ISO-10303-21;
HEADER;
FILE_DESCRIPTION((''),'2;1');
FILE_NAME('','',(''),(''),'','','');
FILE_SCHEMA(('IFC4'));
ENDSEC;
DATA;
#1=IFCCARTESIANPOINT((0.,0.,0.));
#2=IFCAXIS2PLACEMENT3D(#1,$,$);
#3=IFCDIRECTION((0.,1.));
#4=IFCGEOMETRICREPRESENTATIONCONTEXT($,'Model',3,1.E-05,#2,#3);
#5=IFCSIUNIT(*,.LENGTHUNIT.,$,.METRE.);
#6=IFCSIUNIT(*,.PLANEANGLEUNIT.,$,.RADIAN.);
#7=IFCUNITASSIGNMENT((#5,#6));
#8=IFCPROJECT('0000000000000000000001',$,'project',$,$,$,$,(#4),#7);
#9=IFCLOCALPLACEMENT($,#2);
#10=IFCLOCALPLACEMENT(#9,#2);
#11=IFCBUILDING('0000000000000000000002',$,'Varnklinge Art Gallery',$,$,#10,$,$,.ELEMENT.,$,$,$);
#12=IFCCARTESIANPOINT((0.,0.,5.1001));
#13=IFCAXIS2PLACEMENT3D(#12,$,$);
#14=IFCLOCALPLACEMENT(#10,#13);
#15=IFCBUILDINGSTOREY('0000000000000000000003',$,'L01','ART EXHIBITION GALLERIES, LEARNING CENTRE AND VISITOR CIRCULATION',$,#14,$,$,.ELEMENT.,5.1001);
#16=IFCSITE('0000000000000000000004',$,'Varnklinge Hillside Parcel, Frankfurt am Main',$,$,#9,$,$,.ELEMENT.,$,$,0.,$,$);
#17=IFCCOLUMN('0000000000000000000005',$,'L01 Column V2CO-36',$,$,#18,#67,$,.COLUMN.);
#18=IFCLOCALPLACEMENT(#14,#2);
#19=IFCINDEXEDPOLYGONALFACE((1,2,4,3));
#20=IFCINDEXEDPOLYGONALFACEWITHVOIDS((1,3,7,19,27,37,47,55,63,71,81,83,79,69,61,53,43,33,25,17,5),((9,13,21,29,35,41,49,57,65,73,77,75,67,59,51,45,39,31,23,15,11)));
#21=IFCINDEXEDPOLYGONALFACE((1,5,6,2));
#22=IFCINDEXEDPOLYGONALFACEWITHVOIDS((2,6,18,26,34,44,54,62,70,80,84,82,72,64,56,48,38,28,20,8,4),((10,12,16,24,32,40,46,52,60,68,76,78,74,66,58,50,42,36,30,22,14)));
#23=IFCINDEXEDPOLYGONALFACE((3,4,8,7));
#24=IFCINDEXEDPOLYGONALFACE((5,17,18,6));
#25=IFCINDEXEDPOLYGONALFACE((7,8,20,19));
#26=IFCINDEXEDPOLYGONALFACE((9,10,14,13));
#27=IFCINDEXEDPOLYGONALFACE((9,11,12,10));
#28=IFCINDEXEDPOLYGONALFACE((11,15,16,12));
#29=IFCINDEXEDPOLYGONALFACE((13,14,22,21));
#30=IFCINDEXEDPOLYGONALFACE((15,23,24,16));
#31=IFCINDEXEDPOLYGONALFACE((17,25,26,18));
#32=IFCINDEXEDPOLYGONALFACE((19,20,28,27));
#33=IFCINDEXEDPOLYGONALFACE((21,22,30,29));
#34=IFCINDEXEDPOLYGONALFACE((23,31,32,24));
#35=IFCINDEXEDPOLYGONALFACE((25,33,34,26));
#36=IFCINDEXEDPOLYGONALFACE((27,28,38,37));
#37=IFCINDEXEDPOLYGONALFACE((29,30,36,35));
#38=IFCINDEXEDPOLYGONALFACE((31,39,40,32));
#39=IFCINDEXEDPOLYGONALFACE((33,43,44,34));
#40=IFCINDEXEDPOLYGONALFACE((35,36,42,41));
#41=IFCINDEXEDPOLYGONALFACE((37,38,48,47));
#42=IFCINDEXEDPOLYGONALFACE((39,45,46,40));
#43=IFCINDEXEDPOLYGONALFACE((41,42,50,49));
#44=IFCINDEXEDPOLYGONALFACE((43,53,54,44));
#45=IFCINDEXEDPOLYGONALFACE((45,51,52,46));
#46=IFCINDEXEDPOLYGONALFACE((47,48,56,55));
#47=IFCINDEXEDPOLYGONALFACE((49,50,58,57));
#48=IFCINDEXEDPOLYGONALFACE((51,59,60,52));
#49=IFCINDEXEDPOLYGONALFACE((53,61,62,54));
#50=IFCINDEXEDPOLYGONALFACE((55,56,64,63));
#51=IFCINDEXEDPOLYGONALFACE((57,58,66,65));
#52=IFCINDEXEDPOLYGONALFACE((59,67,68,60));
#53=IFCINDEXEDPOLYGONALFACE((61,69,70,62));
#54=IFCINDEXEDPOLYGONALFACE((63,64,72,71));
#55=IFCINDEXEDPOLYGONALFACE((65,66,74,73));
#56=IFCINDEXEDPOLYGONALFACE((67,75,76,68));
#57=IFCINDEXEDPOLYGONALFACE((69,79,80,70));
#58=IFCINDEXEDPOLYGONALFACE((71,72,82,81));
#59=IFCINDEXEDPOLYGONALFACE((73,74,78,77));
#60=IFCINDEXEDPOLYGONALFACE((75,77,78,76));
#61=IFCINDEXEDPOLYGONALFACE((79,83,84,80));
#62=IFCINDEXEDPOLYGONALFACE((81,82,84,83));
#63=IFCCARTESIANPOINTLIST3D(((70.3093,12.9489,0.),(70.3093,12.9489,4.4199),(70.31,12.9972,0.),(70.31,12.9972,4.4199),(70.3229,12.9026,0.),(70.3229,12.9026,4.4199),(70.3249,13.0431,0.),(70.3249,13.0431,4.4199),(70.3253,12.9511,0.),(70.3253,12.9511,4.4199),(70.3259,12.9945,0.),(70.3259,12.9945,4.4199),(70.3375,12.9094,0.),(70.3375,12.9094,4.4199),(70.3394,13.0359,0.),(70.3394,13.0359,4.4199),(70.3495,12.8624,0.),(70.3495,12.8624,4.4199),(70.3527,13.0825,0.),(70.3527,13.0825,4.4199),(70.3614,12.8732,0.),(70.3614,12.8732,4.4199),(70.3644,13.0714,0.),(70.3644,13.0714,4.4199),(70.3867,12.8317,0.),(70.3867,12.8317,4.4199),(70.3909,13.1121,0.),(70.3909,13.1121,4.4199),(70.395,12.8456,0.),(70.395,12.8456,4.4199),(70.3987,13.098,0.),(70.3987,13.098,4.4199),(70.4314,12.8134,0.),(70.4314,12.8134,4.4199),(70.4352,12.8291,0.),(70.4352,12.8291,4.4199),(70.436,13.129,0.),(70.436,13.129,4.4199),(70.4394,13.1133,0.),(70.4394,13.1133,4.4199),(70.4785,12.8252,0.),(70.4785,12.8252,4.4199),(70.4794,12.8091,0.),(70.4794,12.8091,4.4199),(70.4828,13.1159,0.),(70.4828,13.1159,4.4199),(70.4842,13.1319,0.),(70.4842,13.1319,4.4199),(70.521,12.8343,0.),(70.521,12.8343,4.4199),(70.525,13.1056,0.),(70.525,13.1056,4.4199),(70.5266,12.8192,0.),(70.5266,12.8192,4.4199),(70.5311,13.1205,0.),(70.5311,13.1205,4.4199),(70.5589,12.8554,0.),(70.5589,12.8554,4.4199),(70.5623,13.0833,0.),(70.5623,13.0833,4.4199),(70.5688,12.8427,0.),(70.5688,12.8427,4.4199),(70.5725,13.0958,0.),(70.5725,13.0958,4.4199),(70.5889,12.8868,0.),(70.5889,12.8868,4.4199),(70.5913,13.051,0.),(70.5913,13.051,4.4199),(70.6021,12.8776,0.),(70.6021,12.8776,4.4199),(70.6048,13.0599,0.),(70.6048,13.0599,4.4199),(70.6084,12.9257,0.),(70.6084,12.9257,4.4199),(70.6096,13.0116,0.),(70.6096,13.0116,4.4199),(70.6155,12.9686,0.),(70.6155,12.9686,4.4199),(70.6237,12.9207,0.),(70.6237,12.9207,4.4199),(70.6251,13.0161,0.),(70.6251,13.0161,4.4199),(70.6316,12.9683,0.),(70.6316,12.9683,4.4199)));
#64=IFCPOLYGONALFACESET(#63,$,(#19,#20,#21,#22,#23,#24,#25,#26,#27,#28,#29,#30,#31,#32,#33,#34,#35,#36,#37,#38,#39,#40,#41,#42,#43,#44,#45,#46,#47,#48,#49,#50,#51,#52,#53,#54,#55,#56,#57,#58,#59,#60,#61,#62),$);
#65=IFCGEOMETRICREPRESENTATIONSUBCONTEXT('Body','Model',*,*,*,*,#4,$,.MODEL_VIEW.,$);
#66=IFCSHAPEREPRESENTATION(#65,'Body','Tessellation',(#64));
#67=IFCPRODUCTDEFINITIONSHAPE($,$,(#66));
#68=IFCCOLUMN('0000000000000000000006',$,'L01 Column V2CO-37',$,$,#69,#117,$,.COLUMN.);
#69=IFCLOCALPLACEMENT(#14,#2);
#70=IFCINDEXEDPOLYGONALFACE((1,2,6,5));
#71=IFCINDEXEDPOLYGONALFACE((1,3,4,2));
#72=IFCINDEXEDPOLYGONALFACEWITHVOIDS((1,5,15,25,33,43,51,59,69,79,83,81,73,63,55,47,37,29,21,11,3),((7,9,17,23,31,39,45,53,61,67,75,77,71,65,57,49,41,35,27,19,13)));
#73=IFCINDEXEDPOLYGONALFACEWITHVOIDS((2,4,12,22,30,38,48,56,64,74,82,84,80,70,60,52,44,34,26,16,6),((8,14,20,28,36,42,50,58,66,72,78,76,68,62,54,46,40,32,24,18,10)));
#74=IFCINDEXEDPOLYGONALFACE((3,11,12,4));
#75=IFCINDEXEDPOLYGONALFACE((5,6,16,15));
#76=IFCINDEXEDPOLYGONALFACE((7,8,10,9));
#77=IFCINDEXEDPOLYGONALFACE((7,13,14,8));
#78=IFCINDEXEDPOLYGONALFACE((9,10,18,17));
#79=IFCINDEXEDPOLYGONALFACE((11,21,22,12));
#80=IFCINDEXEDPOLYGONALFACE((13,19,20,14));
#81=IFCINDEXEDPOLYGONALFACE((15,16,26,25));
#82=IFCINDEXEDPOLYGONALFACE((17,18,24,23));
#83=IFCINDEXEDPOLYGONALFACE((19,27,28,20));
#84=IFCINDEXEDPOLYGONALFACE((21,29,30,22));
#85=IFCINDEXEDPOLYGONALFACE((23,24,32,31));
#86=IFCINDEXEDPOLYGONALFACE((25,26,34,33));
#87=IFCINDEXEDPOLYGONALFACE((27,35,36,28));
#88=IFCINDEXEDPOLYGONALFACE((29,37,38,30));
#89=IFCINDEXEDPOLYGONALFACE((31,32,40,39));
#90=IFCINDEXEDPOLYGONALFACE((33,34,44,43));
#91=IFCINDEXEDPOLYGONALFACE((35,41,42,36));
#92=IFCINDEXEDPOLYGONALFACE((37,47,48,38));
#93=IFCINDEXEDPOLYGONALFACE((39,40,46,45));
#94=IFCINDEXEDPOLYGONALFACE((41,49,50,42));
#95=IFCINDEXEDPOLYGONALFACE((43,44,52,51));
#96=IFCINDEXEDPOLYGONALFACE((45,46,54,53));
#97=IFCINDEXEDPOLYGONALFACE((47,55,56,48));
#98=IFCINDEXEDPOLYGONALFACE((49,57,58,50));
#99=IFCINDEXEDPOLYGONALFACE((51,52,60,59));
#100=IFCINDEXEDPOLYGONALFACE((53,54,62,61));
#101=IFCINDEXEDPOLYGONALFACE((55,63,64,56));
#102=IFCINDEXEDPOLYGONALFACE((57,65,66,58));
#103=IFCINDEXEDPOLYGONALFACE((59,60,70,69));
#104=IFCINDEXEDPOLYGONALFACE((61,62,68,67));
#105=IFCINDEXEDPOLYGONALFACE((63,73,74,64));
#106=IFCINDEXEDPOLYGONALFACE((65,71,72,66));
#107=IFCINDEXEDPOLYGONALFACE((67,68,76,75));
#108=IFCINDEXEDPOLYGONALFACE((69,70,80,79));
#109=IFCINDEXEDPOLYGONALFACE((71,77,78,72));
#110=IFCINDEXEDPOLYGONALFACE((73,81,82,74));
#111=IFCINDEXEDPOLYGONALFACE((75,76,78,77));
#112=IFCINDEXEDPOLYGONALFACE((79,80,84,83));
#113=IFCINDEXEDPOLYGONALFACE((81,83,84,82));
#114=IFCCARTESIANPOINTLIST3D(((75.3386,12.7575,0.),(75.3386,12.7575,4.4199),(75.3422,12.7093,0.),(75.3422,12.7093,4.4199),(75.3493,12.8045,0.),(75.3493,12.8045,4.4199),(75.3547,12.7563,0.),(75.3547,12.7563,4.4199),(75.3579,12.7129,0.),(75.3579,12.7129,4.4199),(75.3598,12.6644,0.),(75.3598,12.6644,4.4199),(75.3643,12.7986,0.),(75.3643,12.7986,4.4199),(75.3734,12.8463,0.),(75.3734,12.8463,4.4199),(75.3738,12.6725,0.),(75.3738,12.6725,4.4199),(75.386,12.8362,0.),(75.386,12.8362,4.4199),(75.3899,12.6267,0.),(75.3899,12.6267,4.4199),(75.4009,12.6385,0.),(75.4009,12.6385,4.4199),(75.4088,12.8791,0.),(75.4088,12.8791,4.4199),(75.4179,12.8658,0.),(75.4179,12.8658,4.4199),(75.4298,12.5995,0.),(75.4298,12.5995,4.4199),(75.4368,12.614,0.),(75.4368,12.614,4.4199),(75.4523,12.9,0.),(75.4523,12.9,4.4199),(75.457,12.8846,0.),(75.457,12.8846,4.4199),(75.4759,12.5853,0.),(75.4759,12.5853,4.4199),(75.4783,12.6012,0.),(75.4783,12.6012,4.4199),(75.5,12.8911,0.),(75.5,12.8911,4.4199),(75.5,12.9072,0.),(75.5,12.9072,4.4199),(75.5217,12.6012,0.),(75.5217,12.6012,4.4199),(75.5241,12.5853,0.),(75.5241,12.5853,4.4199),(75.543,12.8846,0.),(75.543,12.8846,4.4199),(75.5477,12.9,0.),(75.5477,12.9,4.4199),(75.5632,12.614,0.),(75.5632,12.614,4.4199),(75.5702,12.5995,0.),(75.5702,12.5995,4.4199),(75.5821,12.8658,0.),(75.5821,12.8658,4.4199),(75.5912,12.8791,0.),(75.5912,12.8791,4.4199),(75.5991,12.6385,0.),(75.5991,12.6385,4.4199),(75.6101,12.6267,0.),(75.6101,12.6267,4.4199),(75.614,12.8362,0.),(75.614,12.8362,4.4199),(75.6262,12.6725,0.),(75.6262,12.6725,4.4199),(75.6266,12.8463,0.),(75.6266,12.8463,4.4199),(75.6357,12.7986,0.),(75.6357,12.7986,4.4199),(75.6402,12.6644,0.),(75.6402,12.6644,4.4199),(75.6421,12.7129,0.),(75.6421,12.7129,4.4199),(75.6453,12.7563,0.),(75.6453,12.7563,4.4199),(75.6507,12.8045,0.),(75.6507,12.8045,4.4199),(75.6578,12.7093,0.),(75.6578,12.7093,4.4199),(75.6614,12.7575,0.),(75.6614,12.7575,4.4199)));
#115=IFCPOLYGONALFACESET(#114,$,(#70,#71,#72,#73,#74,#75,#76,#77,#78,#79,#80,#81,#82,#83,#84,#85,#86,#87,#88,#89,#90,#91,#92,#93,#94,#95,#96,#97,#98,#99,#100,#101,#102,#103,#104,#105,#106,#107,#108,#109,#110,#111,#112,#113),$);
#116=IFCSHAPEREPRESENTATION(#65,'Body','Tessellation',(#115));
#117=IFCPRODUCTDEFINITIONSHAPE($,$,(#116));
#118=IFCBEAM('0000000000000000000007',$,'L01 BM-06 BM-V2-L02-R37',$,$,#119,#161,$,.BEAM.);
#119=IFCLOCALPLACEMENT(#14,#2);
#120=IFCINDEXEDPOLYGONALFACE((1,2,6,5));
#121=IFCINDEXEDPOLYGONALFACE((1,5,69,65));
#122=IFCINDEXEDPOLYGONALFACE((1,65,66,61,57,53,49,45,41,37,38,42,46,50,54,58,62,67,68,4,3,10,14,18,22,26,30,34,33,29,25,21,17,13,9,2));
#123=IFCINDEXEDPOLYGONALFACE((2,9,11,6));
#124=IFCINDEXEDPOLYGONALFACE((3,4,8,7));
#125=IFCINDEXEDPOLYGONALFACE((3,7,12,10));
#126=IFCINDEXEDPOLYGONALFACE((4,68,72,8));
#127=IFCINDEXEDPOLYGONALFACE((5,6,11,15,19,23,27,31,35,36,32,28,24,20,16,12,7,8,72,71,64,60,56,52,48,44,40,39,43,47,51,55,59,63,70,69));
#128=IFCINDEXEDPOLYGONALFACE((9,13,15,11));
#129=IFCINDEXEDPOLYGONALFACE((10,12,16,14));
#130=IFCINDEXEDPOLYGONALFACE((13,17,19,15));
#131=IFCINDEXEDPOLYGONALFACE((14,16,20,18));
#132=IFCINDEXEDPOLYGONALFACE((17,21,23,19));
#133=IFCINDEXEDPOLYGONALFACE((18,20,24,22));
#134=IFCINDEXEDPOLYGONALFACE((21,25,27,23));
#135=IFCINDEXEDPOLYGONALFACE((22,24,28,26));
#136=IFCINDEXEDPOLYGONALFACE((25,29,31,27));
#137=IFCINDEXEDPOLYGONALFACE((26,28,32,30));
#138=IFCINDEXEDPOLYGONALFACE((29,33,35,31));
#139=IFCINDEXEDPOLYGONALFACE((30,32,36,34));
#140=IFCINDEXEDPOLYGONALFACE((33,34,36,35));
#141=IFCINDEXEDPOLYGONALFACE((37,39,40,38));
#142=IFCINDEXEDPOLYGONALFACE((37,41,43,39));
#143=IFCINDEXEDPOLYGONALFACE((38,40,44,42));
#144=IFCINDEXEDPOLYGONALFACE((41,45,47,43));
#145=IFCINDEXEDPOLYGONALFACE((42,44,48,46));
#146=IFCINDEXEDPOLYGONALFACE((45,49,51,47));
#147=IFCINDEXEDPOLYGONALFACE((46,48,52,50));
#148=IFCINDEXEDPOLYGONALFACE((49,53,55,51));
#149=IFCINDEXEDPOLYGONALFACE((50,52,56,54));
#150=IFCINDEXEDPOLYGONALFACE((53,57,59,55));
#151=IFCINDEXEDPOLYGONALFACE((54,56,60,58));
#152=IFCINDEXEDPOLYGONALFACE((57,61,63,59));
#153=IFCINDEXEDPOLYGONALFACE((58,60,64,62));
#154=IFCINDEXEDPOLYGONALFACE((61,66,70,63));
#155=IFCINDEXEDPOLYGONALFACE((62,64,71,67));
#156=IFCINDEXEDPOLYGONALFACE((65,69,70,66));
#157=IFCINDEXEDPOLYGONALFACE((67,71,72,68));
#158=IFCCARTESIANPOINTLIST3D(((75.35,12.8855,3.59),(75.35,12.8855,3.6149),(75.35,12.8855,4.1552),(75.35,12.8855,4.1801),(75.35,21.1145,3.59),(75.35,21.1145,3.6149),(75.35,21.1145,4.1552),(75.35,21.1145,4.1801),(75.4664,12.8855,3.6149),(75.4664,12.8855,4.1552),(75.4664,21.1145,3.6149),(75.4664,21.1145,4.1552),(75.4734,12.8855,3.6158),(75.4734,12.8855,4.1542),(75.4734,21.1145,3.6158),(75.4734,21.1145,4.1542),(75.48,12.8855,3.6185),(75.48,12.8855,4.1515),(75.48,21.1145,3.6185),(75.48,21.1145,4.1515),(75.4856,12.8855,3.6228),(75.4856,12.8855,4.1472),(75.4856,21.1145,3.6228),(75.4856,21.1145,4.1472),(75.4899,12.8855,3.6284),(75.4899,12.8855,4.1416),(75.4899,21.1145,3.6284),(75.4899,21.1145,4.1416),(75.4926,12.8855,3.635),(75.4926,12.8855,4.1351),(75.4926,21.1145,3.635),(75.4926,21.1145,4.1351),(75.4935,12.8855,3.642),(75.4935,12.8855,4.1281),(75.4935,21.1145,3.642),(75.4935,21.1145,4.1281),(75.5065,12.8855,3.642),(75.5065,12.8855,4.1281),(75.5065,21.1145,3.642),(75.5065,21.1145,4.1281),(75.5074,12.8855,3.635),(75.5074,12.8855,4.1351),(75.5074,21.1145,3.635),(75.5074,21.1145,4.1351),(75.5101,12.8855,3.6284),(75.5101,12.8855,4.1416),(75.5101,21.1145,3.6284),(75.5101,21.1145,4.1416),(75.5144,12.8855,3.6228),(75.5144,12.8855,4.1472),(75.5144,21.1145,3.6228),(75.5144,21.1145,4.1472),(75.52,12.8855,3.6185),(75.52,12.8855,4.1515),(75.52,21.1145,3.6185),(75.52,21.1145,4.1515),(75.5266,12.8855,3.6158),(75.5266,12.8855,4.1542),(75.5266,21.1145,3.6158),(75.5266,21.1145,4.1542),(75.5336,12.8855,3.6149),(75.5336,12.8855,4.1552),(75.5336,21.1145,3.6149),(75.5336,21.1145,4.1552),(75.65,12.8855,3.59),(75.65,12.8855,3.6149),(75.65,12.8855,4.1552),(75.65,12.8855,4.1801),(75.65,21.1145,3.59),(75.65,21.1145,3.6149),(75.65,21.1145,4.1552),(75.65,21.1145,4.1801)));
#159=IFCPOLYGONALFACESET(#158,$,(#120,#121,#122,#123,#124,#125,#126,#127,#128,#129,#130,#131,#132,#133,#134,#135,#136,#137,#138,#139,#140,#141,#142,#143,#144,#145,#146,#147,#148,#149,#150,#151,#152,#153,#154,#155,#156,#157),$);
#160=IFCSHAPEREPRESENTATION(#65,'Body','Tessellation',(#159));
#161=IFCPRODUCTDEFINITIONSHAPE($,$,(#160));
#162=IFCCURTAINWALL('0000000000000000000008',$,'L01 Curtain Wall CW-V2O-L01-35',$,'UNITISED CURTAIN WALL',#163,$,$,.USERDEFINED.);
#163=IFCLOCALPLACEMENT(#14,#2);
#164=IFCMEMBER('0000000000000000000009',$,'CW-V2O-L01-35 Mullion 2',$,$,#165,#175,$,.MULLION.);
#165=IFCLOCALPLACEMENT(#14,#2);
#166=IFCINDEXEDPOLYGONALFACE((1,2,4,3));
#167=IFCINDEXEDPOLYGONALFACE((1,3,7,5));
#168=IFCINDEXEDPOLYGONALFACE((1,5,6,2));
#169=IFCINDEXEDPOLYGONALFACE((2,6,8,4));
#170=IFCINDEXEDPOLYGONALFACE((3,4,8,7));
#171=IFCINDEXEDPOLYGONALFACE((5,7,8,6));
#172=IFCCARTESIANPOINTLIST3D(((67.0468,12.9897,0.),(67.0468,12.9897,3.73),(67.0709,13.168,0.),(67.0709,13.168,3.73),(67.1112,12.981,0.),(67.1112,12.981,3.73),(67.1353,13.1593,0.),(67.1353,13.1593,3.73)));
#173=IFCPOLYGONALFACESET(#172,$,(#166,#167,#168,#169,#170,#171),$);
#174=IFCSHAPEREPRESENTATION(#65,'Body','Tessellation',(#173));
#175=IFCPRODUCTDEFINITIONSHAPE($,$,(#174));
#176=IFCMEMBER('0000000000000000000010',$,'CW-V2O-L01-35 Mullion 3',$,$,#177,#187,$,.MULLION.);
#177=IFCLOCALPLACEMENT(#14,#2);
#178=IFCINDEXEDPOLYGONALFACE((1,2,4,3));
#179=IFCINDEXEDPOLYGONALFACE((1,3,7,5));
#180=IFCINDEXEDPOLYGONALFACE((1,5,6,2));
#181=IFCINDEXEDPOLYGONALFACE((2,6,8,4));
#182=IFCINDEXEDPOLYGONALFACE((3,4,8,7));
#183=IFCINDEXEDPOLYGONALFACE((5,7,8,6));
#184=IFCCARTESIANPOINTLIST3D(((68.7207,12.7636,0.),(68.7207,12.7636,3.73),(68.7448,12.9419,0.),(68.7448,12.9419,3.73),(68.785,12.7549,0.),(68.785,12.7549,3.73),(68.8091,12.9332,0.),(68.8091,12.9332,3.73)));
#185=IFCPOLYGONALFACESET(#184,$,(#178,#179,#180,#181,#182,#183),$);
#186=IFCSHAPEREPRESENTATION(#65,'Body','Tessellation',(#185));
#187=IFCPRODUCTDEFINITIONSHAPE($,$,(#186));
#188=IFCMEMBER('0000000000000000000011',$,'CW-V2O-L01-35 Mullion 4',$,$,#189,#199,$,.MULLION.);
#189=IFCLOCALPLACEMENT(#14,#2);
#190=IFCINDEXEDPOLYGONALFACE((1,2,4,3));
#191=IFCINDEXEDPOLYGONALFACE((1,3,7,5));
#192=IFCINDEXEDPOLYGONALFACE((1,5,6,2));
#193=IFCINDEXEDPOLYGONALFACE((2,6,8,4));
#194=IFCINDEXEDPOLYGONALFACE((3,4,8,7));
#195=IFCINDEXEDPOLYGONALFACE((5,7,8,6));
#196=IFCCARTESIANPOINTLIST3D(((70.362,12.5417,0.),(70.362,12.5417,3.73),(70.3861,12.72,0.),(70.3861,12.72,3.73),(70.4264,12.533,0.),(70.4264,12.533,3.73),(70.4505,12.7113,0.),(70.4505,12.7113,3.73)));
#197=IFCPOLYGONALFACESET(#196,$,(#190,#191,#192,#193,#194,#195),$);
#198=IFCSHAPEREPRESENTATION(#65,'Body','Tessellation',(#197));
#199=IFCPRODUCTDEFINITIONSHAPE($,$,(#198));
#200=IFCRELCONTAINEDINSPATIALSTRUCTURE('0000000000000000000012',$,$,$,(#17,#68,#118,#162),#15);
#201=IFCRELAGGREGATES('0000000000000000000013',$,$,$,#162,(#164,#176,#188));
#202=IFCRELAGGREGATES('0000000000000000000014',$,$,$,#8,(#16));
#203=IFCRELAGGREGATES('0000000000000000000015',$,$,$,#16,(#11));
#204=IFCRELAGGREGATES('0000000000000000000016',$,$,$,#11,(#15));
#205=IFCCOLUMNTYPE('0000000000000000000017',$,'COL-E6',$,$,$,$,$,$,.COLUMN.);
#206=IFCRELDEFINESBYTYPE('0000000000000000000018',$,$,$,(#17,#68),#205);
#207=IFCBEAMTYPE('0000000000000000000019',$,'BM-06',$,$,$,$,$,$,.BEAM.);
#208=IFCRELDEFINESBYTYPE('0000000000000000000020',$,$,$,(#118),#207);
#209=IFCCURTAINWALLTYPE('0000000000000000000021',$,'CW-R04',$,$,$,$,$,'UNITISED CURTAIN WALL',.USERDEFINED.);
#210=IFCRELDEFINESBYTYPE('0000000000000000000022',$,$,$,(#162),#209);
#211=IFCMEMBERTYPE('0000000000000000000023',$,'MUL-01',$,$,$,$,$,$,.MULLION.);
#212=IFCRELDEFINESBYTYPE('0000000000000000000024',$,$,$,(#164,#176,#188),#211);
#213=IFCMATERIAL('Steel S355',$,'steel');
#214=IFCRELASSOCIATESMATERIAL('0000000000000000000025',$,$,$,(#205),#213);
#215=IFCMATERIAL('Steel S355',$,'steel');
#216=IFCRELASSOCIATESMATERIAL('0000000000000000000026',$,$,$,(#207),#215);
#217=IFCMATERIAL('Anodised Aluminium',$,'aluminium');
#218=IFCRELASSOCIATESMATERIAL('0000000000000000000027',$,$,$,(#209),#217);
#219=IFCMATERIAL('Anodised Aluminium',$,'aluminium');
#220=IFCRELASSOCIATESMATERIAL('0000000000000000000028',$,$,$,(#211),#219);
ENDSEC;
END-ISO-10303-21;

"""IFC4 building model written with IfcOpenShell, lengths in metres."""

from ifc_helpers import new_model, si_unit, direction, frame, origin, origin_2d, place, context, subcontext, project, spatial, rectangle, hollow_circle, i_section, extrude, material, material_profile, profile_set, type_object, element, aggregate, save


model = new_model("IFC4")

# Units and contexts
model_context = context("Model", 3, precision=1e-05, world=origin(), true_north=direction((0.0, 1.0)))
body_context = subcontext(model_context, "Body", "Model", "MODEL_VIEW")
ifc_project = project(units=[si_unit("LENGTHUNIT", "METRE"), si_unit("PLANEANGLEUNIT", "RADIAN")], contexts=[model_context])

# Site, building, storey
site_placement = place(None, origin())
site = spatial("IfcSite", under=ifc_project, at=site_placement, Name="Varnklinge Hillside Parcel, Frankfurt am Main", CompositionType="ELEMENT", RefElevation=0.0)
building_placement = place(site_placement, origin())
building = spatial("IfcBuilding", under=site, at=building_placement, Name="Varnklinge Art Gallery", CompositionType="ELEMENT")
storey_placement = place(building_placement, frame((0.0, 0.0, 5.1001)))
storey = spatial("IfcBuildingStorey", under=building, at=storey_placement, Name="L01", Description="ART EXHIBITION GALLERIES, LEARNING CENTRE AND VISITOR CIRCULATION", CompositionType="ELEMENT", Elevation=5.1001)

# Columns
ifc_material_1 = material(Name="Steel S355", Category="steel")
ifc_material_profile_1 = material_profile(ifc_material_1, hollow_circle(Radius=0.1619, WallThickness=0.0161, at=origin_2d()), Name="CHS 323.9x16")
ifc_profile_set_1 = profile_set([ifc_material_profile_1], Name="Steel S355")
column_type = type_object("IfcColumnType", Name="COL-E6", PredefinedType="COLUMN", material=ifc_profile_set_1)
for number, where, z_axis, x_axis, name in (
    (1, (70.4697, 12.9707, 0.0), (0.0, 0.0, 1.0), (0.089416, 0.995994, 0.0), "L01 Column V2CO-36"),
    (2, (75.5, 12.7454, 0.0), (0.0, 0.0, 1.0), (0.0, 1.0, 0.0), "L01 Column V2CO-37"),
):
    element("IfcColumn", number, at=place(storey_placement, frame(where, z_axis=z_axis, x_axis=x_axis)), inside=storey, type_object=column_type, Name=name, PredefinedType="COLUMN", context=body_context, shape_type="SweptSolid", body=[
        extrude(hollow_circle(Radius=0.1619, WallThickness=0.0161, at=origin_2d()), origin(), (0.0, 0.0, 1.0), 4.4199),
    ])

# Beam
ifc_material_2 = material(Name="Steel S355", Category="steel")
ifc_material_profile_2 = material_profile(ifc_material_2, i_section(OverallWidth=0.3, OverallDepth=0.5901, WebThickness=0.0129, FlangeThickness=0.0249, FilletRadius=0.0271, at=origin_2d()), Name="HEA 600")
ifc_profile_set_2 = profile_set([ifc_material_profile_2], Name="Steel S355")
beam_type_1 = type_object("IfcBeamType", Name="BM-06", PredefinedType="BEAM", material=ifc_profile_set_2)
beam_placement = place(storey_placement, frame((75.5, 12.8855, 3.885), z_axis=(0.0, 1.0, 0.0), x_axis=(-1.0, 0.0, 0.0)))
element("IfcBeam", 3, at=beam_placement, inside=storey, type_object=beam_type_1, Name="L01 BM-06 BM-V2-L02-R37", PredefinedType="BEAM", context=body_context, shape_type="SweptSolid", body=[
    extrude(i_section(OverallWidth=0.3, OverallDepth=0.5901, WebThickness=0.0129, FlangeThickness=0.0249, FilletRadius=0.0271, at=origin_2d()), origin(), (0.0, 0.0, 1.0), 8.229),
])

# Curtain wall, members
ifc_material_3 = material(Name="Anodised Aluminium", Category="aluminium")
curtain_wall_type = type_object("IfcCurtainWallType", Name="CW-R04", ElementType="UNITISED CURTAIN WALL", PredefinedType="USERDEFINED", material=ifc_material_3)
curtain_wall_1_placement = place(storey_placement, origin())
curtain_wall_1 = element("IfcCurtainWall", 4, at=curtain_wall_1_placement, inside=storey, type_object=curtain_wall_type, Name="L01 Curtain Wall CW-V2O-L01-35", ObjectType="UNITISED CURTAIN WALL", PredefinedType="USERDEFINED")
ifc_material_4 = material(Name="Anodised Aluminium", Category="aluminium")
ifc_material_profile_3 = material_profile(ifc_material_4, rectangle(XDim=0.0649, YDim=0.1799, at=origin_2d()), Name="ALU 65x180")
ifc_profile_set_3 = profile_set([ifc_material_profile_3], Name="Anodised Aluminium")
member_type_1 = type_object("IfcMemberType", Name="MUL-01", PredefinedType="MULLION", material=ifc_profile_set_3)
member_1_placement = place(storey_placement, frame((67.0911, 13.0745, 0.0), z_axis=(0.0, 0.0, 1.0), x_axis=(0.990983, -0.133986, 0.0)))
member_1 = element("IfcMember", 5, at=member_1_placement, type_object=member_type_1, Name="CW-V2O-L01-35 Mullion 2", PredefinedType="MULLION", context=body_context, shape_type="SweptSolid", body=[
    extrude(rectangle(XDim=0.0649, YDim=0.1799, at=origin_2d()), origin(), (0.0, 0.0, 1.0), 3.73),
])
member_2_placement = place(storey_placement, frame((68.7649, 12.8484, 0.0), z_axis=(0.0, 0.0, 1.0), x_axis=(0.990983, -0.133986, 0.0)))
member_2 = element("IfcMember", 6, at=member_2_placement, type_object=member_type_1, Name="CW-V2O-L01-35 Mullion 3", PredefinedType="MULLION", context=body_context, shape_type="SweptSolid", body=[
    extrude(rectangle(XDim=0.0649, YDim=0.1799, at=origin_2d()), origin(), (0.0, 0.0, 1.0), 3.73),
])
member_3_placement = place(storey_placement, frame((70.4062, 12.6265, 0.0), z_axis=(0.0, 0.0, 1.0), x_axis=(0.990983, -0.133986, 0.0)))
member_3 = element("IfcMember", 7, at=member_3_placement, type_object=member_type_1, Name="CW-V2O-L01-35 Mullion 4", PredefinedType="MULLION", context=body_context, shape_type="SweptSolid", body=[
    extrude(rectangle(XDim=0.0649, YDim=0.1799, at=origin_2d()), origin(), (0.0, 0.0, 1.0), 3.73),
])

aggregate(curtain_wall_1, [member_1, member_2, member_3])

save(model, "model.ifc")
